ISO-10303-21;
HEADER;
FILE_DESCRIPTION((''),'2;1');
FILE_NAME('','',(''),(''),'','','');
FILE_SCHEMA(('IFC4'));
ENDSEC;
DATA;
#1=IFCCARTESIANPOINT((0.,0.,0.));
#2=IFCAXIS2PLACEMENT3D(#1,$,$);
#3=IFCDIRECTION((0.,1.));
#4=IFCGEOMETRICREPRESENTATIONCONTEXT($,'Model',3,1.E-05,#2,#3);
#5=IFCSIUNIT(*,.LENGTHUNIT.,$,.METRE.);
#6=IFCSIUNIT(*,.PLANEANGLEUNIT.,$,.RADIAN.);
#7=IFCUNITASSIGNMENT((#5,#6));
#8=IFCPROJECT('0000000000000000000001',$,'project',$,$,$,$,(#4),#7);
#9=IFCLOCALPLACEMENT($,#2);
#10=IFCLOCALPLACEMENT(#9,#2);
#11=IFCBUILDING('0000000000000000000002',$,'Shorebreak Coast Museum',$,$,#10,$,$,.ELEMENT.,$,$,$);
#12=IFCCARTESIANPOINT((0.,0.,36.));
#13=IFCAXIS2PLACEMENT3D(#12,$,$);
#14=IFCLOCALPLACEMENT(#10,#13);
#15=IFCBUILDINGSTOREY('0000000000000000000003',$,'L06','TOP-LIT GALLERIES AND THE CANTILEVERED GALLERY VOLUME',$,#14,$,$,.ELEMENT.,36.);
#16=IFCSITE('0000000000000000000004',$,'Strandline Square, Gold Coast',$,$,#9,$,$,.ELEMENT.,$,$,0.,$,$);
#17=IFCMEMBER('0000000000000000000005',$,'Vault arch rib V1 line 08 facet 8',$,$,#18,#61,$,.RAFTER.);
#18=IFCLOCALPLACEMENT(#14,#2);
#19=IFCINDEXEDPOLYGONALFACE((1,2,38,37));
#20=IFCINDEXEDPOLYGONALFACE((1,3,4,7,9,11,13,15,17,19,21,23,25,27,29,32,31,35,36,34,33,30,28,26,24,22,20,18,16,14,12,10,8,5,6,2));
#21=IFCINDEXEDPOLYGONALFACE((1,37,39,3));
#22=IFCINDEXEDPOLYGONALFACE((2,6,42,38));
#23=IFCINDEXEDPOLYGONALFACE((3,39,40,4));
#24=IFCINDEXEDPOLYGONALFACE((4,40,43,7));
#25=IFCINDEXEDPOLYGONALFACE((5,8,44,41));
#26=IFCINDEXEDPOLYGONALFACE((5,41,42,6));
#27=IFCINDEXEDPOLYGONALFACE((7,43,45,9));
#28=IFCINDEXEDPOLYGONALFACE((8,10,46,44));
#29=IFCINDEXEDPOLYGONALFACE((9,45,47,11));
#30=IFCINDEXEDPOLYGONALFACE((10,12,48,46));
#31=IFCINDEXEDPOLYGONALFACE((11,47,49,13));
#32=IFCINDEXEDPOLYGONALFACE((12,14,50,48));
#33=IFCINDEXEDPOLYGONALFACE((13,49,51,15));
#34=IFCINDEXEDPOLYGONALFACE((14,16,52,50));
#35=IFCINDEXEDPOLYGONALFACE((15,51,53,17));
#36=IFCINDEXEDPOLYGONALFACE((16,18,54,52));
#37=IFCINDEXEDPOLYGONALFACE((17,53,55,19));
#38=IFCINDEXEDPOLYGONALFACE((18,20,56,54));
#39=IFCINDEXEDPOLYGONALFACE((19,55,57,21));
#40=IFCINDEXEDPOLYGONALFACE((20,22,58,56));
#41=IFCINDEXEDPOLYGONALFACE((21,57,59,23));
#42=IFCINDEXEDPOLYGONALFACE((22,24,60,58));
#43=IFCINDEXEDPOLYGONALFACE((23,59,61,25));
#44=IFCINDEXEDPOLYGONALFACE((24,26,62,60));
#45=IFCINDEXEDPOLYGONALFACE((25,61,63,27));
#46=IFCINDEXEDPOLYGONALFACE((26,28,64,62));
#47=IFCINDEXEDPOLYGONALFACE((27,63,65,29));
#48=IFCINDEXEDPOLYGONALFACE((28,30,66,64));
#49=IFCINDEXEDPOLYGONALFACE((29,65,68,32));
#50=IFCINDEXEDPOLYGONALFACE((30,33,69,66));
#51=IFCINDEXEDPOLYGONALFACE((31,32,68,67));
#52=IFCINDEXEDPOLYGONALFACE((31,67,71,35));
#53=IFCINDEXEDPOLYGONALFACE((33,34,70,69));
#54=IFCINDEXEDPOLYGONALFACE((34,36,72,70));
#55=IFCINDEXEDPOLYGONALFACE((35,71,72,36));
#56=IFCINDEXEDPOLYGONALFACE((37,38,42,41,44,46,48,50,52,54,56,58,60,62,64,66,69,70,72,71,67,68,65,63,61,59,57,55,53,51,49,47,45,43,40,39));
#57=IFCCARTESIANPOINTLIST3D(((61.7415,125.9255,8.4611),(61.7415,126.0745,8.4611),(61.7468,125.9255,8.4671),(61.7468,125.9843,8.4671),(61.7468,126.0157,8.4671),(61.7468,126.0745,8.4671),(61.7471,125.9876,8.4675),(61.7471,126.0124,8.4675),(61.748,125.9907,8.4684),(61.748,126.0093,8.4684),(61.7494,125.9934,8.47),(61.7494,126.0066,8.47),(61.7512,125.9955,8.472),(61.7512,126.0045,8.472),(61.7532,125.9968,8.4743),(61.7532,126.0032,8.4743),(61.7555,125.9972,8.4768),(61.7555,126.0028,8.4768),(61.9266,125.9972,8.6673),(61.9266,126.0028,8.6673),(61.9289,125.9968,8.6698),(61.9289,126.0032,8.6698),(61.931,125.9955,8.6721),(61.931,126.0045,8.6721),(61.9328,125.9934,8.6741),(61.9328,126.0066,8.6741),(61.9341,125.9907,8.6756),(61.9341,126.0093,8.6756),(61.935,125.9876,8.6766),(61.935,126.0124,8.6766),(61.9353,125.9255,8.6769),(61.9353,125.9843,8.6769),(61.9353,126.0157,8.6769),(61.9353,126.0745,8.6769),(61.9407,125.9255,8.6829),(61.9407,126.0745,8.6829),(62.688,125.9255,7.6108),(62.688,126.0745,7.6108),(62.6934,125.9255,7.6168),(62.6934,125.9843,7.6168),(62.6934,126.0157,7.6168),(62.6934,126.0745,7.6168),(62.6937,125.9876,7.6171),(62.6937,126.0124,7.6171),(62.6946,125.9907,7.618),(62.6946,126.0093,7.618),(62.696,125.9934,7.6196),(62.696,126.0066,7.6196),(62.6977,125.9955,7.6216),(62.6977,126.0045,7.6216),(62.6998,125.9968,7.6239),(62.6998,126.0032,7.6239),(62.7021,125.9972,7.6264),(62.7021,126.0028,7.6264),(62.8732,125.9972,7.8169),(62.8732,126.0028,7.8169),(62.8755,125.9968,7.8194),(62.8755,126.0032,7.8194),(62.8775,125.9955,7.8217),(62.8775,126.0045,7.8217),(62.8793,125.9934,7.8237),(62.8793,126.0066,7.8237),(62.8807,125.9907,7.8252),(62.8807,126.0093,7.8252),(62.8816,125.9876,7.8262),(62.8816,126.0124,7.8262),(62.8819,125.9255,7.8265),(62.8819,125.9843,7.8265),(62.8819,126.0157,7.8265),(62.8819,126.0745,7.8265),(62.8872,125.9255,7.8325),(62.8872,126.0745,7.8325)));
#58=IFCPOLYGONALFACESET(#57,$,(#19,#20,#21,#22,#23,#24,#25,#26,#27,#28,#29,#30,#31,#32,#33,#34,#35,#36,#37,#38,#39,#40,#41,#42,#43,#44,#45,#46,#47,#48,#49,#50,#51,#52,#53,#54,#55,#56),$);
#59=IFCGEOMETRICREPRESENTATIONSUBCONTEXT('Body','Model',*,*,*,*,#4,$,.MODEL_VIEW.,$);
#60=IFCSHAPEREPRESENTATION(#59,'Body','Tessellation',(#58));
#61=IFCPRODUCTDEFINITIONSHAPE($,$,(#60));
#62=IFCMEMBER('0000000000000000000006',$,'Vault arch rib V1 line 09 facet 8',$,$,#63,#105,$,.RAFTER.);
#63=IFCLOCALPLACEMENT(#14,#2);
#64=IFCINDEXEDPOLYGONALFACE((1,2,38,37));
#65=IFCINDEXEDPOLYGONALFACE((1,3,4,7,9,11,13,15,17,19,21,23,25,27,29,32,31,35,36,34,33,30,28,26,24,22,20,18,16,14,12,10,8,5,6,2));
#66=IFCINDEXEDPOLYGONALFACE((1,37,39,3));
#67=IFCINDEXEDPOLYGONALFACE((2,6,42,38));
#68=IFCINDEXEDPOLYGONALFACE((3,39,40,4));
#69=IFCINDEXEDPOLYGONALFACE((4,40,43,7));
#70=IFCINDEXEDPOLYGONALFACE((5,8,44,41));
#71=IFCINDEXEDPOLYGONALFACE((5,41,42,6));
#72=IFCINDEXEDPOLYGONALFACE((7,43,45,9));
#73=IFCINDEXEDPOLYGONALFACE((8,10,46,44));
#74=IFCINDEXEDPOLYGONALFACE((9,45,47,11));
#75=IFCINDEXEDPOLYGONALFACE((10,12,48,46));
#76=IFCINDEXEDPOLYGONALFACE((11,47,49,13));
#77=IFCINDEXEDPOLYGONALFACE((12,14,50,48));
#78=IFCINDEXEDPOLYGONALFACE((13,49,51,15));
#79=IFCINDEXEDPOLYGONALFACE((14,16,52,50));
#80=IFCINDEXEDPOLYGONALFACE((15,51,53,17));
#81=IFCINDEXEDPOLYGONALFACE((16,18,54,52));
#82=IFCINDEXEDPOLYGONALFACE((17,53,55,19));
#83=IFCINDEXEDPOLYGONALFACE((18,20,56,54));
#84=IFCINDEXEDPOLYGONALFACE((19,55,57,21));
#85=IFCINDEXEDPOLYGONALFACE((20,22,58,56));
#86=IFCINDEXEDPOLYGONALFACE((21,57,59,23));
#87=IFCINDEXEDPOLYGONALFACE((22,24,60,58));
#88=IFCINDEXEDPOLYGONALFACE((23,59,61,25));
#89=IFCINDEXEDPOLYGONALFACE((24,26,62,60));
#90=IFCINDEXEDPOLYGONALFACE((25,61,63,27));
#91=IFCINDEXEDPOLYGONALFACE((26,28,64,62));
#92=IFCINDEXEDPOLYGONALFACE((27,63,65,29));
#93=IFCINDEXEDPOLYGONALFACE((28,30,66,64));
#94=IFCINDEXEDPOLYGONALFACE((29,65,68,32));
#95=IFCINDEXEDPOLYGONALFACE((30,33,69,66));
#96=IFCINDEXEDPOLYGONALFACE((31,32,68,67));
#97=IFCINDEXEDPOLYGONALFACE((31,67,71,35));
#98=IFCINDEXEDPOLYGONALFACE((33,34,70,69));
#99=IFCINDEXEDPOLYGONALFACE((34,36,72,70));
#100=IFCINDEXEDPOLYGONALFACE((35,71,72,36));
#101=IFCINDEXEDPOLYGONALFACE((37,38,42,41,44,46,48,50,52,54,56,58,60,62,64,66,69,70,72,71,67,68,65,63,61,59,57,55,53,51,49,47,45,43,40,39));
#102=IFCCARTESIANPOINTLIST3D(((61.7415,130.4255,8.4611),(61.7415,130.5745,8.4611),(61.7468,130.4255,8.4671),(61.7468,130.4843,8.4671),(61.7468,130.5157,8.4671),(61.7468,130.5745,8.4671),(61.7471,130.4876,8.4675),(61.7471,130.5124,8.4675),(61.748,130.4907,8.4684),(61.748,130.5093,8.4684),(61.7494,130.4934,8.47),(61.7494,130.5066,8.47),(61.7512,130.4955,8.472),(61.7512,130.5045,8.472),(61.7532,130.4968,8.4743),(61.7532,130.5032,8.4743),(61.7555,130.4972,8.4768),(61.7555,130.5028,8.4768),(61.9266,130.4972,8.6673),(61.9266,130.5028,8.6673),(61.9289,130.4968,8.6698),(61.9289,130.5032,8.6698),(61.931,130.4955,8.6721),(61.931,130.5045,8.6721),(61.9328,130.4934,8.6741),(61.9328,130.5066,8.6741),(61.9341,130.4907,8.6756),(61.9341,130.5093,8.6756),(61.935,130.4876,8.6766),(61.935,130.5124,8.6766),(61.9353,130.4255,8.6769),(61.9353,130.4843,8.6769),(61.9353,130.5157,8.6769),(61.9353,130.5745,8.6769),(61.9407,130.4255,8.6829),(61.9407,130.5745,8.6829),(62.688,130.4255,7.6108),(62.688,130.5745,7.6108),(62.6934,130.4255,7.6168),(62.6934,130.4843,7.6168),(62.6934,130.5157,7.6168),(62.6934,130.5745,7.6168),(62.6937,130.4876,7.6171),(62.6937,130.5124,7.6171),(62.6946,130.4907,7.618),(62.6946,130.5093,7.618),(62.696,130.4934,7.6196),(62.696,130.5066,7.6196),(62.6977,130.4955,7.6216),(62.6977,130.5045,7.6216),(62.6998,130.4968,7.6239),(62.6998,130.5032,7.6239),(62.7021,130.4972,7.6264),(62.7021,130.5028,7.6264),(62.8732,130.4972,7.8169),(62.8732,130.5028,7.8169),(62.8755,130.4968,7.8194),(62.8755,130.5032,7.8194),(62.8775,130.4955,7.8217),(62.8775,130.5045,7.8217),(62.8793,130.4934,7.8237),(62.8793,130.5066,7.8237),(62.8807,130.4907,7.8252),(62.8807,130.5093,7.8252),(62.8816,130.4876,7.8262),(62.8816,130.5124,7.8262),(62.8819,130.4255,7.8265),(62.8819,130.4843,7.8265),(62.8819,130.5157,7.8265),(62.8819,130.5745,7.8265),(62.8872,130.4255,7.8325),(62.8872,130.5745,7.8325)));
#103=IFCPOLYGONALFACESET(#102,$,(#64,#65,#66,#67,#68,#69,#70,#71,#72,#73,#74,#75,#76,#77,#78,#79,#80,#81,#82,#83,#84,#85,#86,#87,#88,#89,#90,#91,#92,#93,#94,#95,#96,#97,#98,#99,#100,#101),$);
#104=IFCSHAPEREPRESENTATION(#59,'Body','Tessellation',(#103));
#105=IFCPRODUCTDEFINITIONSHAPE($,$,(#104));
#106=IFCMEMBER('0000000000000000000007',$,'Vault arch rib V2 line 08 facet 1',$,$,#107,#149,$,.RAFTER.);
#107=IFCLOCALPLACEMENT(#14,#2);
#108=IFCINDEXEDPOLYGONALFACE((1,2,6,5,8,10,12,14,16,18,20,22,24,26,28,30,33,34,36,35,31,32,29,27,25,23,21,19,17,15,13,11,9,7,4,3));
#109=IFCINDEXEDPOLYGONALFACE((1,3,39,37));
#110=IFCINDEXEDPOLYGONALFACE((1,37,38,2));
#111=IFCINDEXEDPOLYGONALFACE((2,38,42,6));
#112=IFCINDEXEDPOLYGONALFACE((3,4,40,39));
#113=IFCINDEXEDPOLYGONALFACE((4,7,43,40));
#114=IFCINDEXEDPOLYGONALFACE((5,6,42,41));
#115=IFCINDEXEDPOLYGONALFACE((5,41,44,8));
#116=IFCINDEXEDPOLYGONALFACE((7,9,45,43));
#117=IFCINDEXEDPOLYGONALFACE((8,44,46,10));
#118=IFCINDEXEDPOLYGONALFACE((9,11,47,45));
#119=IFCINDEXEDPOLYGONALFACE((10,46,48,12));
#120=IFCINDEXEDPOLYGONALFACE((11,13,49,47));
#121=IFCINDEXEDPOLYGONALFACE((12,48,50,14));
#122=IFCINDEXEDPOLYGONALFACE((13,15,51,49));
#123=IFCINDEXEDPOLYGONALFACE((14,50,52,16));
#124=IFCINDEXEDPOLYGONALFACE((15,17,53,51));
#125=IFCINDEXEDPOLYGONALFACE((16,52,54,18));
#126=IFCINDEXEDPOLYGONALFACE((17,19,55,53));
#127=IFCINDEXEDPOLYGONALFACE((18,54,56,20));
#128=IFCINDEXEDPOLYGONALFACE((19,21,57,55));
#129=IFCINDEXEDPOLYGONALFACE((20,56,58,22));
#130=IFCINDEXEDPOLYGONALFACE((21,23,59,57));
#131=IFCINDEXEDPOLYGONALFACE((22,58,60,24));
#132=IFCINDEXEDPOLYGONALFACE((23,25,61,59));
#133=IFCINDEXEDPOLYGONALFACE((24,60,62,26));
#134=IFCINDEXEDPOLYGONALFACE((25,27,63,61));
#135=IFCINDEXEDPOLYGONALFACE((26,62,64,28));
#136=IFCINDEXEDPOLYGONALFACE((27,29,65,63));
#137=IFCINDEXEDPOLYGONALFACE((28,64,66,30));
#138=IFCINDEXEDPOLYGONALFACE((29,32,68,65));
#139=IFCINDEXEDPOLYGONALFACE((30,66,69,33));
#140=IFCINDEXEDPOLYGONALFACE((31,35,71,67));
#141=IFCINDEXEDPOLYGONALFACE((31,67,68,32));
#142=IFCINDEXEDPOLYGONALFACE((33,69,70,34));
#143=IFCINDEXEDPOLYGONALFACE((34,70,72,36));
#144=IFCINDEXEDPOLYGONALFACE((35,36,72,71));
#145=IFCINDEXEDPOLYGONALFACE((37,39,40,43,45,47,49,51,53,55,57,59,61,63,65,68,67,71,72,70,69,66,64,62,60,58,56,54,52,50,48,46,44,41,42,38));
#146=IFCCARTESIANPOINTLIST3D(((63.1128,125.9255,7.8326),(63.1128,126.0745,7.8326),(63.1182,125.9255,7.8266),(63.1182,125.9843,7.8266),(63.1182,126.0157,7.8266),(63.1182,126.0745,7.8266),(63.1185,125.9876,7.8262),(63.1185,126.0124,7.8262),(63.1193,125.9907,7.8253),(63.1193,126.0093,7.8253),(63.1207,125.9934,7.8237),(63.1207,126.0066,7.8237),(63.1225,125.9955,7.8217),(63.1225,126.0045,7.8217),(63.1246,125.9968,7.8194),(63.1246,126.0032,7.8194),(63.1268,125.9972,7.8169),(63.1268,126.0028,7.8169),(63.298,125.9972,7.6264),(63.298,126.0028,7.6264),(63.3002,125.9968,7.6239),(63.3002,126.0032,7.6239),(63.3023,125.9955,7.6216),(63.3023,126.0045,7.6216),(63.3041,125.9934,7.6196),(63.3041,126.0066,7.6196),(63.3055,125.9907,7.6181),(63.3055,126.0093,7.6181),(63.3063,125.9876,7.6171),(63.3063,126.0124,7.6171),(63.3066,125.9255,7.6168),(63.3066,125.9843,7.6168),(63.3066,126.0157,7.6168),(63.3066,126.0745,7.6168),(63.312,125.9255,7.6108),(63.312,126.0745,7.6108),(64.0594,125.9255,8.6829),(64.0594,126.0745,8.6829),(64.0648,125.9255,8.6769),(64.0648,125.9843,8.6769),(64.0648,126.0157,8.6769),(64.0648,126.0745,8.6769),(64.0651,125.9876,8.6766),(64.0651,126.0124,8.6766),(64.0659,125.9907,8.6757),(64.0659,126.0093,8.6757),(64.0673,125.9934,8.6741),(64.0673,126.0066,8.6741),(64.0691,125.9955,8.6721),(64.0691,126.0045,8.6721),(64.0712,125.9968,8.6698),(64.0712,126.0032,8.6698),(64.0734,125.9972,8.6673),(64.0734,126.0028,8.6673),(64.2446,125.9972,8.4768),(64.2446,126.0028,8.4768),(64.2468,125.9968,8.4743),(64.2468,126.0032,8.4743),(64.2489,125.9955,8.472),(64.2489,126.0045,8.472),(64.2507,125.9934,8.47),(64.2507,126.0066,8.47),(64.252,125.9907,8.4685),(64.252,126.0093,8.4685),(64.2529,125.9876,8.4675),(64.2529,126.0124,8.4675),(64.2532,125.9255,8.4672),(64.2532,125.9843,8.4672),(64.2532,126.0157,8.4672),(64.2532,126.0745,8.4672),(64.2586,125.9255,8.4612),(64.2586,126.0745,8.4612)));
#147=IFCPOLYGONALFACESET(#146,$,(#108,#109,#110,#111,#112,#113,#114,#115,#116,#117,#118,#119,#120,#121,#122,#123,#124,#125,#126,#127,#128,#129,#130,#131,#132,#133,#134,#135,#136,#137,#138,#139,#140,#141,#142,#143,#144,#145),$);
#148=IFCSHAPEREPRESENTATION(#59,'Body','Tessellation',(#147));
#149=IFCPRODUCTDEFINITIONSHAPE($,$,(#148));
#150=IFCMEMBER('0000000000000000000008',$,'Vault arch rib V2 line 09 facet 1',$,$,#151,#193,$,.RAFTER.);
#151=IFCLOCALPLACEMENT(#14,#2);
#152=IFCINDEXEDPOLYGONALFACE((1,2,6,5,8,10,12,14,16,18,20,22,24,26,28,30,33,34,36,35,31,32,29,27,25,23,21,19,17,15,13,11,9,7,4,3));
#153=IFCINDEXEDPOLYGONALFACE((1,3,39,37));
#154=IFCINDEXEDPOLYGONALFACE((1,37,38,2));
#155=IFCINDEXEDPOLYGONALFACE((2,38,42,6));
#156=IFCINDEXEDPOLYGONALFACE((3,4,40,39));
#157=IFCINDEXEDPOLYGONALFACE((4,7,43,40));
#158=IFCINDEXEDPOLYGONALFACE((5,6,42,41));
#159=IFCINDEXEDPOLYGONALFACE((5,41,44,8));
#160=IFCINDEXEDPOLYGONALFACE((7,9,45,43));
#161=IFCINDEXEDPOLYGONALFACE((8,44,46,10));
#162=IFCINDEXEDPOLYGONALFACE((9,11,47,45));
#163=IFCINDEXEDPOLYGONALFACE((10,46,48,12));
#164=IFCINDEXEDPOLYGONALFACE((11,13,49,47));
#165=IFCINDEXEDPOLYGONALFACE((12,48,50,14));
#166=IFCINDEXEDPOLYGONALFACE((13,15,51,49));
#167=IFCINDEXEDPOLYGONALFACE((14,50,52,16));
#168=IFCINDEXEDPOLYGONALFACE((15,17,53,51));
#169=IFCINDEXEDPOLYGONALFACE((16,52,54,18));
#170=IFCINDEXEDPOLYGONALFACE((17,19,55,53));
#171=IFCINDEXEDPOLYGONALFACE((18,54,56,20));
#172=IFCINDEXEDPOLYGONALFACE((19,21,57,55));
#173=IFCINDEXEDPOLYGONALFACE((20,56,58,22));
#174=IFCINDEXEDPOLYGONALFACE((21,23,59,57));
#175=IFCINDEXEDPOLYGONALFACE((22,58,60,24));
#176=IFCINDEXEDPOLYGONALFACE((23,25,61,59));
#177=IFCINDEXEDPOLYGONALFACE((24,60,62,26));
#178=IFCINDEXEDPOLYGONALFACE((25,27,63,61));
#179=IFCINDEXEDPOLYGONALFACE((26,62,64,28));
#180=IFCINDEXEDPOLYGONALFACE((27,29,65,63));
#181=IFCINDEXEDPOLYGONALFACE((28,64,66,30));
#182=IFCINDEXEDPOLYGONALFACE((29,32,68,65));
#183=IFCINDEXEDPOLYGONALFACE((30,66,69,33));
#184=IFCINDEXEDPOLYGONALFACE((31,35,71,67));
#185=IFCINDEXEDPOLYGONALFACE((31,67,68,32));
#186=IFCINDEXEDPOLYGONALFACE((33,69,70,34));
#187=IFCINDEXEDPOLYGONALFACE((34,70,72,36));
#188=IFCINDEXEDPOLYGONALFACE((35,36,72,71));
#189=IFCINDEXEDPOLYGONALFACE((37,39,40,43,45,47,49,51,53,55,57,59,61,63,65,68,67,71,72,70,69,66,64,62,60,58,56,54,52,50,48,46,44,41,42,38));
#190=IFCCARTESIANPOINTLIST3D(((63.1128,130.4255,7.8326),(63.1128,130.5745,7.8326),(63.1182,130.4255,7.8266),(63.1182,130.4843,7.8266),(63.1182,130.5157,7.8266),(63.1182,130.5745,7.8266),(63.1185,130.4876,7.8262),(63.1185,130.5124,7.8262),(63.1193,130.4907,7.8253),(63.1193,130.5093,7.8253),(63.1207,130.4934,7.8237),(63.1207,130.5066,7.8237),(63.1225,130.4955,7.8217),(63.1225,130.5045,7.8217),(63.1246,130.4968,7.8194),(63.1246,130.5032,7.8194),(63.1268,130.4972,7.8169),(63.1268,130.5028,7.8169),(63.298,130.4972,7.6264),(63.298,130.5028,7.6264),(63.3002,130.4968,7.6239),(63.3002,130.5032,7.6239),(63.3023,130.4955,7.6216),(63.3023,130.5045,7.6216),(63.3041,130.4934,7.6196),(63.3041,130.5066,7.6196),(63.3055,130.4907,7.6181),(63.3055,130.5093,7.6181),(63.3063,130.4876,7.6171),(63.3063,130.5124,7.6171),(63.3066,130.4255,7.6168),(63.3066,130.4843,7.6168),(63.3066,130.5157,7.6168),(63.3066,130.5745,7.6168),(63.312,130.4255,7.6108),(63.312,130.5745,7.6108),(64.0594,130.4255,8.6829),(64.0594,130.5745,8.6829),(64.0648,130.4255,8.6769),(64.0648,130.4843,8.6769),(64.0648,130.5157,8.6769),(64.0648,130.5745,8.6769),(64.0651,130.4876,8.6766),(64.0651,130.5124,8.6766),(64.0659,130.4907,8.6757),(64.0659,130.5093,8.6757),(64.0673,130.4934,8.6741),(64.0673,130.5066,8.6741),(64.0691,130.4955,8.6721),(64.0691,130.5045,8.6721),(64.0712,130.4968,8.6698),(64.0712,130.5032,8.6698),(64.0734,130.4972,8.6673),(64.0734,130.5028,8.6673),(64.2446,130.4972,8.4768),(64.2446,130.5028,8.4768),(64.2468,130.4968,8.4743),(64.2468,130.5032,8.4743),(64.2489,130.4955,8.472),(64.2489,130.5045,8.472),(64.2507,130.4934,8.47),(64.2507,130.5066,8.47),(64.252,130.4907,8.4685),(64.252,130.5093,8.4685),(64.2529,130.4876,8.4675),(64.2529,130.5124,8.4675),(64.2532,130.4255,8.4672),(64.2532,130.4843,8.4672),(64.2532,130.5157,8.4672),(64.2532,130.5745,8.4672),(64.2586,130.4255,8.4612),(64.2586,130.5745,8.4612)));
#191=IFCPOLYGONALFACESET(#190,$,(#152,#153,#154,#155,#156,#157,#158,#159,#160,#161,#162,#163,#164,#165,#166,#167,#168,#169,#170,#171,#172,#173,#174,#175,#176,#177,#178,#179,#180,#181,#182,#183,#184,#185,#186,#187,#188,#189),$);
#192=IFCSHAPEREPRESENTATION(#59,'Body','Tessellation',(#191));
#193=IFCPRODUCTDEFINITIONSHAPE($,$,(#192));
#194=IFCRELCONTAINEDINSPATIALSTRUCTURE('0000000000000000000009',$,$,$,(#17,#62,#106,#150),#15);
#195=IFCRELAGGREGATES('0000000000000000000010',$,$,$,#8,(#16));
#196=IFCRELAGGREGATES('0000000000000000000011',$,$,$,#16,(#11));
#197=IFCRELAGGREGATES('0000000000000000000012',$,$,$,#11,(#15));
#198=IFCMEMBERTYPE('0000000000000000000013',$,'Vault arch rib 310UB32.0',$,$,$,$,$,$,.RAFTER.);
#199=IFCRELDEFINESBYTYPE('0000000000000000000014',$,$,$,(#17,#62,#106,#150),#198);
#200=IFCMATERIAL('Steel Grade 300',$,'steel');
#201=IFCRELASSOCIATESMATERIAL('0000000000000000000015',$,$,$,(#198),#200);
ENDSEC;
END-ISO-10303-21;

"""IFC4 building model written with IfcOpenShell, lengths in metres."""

from ifc_helpers import new_model, si_unit, direction, frame, origin, origin_2d, place, context, subcontext, project, spatial, i_section, extrude, material, material_profile, profile_set, type_object, element, save


model = new_model("IFC4")

# Units and contexts
model_context = context("Model", 3, precision=1e-05, world=origin(), true_north=direction((0.0, 1.0)))
body_context = subcontext(model_context, "Body", "Model", "MODEL_VIEW")
ifc_project = project(units=[si_unit("LENGTHUNIT", "METRE"), si_unit("PLANEANGLEUNIT", "RADIAN")], contexts=[model_context])

# Site, building, storey
site_placement = place(None, origin())
site = spatial("IfcSite", under=ifc_project, at=site_placement, Name="Strandline Square, Gold Coast", CompositionType="ELEMENT", RefElevation=0.0)
building_placement = place(site_placement, origin())
building = spatial("IfcBuilding", under=site, at=building_placement, Name="Shorebreak Coast Museum", CompositionType="ELEMENT")
storey_placement = place(building_placement, frame((0.0, 0.0, 36.0)))
storey = spatial("IfcBuildingStorey", under=building, at=storey_placement, Name="L06", Description="TOP-LIT GALLERIES AND THE CANTILEVERED GALLERY VOLUME", CompositionType="ELEMENT", Elevation=36.0)

# Members
ifc_material_1 = material(Name="Steel Grade 300", Category="steel")
ifc_material_profile_1 = material_profile(ifc_material_1, i_section(OverallWidth=0.1489, OverallDepth=0.2981, WebThickness=0.0056, FlangeThickness=0.0081, FilletRadius=0.0129, at=origin_2d()), Name="310UB32.0")
ifc_profile_set_1 = profile_set([ifc_material_profile_1], Name="Steel Grade 300")
member_type_1 = type_object("IfcMemberType", Name="Vault arch rib 310UB32.0", PredefinedType="RAFTER", material=ifc_profile_set_1)
for number, where, z_axis, x_axis, name in (
    (1, (61.8411, 126.0, 8.572), (0.743895, 0.0, -0.668297), (0.0, 1.0, 0.0), "Vault arch rib V1 line 08 facet 8"),
    (2, (61.8411, 130.5, 8.572), (0.743895, 0.0, -0.668297), (0.0, 1.0, 0.0), "Vault arch rib V1 line 09 facet 8"),
    (3, (63.2124, 126.0, 7.7217), (0.743895, 0.0, 0.668297), (0.0, 1.0, 0.0), "Vault arch rib V2 line 08 facet 1"),
    (4, (63.2124, 130.5, 7.7217), (0.743895, 0.0, 0.668297), (0.0, 1.0, 0.0), "Vault arch rib V2 line 09 facet 1"),
):
    element("IfcMember", number, at=place(storey_placement, frame(where, z_axis=z_axis, x_axis=x_axis)), inside=storey, type_object=member_type_1, Name=name, PredefinedType="RAFTER", context=body_context, shape_type="SweptSolid", body=[
        extrude(i_section(OverallWidth=0.1489, OverallDepth=0.2981, WebThickness=0.0056, FlangeThickness=0.0081, FilletRadius=0.0129, at=origin_2d()), origin(), (0.0, 0.0, 1.0), 1.2725),
    ])

save(model, "model.ifc")
